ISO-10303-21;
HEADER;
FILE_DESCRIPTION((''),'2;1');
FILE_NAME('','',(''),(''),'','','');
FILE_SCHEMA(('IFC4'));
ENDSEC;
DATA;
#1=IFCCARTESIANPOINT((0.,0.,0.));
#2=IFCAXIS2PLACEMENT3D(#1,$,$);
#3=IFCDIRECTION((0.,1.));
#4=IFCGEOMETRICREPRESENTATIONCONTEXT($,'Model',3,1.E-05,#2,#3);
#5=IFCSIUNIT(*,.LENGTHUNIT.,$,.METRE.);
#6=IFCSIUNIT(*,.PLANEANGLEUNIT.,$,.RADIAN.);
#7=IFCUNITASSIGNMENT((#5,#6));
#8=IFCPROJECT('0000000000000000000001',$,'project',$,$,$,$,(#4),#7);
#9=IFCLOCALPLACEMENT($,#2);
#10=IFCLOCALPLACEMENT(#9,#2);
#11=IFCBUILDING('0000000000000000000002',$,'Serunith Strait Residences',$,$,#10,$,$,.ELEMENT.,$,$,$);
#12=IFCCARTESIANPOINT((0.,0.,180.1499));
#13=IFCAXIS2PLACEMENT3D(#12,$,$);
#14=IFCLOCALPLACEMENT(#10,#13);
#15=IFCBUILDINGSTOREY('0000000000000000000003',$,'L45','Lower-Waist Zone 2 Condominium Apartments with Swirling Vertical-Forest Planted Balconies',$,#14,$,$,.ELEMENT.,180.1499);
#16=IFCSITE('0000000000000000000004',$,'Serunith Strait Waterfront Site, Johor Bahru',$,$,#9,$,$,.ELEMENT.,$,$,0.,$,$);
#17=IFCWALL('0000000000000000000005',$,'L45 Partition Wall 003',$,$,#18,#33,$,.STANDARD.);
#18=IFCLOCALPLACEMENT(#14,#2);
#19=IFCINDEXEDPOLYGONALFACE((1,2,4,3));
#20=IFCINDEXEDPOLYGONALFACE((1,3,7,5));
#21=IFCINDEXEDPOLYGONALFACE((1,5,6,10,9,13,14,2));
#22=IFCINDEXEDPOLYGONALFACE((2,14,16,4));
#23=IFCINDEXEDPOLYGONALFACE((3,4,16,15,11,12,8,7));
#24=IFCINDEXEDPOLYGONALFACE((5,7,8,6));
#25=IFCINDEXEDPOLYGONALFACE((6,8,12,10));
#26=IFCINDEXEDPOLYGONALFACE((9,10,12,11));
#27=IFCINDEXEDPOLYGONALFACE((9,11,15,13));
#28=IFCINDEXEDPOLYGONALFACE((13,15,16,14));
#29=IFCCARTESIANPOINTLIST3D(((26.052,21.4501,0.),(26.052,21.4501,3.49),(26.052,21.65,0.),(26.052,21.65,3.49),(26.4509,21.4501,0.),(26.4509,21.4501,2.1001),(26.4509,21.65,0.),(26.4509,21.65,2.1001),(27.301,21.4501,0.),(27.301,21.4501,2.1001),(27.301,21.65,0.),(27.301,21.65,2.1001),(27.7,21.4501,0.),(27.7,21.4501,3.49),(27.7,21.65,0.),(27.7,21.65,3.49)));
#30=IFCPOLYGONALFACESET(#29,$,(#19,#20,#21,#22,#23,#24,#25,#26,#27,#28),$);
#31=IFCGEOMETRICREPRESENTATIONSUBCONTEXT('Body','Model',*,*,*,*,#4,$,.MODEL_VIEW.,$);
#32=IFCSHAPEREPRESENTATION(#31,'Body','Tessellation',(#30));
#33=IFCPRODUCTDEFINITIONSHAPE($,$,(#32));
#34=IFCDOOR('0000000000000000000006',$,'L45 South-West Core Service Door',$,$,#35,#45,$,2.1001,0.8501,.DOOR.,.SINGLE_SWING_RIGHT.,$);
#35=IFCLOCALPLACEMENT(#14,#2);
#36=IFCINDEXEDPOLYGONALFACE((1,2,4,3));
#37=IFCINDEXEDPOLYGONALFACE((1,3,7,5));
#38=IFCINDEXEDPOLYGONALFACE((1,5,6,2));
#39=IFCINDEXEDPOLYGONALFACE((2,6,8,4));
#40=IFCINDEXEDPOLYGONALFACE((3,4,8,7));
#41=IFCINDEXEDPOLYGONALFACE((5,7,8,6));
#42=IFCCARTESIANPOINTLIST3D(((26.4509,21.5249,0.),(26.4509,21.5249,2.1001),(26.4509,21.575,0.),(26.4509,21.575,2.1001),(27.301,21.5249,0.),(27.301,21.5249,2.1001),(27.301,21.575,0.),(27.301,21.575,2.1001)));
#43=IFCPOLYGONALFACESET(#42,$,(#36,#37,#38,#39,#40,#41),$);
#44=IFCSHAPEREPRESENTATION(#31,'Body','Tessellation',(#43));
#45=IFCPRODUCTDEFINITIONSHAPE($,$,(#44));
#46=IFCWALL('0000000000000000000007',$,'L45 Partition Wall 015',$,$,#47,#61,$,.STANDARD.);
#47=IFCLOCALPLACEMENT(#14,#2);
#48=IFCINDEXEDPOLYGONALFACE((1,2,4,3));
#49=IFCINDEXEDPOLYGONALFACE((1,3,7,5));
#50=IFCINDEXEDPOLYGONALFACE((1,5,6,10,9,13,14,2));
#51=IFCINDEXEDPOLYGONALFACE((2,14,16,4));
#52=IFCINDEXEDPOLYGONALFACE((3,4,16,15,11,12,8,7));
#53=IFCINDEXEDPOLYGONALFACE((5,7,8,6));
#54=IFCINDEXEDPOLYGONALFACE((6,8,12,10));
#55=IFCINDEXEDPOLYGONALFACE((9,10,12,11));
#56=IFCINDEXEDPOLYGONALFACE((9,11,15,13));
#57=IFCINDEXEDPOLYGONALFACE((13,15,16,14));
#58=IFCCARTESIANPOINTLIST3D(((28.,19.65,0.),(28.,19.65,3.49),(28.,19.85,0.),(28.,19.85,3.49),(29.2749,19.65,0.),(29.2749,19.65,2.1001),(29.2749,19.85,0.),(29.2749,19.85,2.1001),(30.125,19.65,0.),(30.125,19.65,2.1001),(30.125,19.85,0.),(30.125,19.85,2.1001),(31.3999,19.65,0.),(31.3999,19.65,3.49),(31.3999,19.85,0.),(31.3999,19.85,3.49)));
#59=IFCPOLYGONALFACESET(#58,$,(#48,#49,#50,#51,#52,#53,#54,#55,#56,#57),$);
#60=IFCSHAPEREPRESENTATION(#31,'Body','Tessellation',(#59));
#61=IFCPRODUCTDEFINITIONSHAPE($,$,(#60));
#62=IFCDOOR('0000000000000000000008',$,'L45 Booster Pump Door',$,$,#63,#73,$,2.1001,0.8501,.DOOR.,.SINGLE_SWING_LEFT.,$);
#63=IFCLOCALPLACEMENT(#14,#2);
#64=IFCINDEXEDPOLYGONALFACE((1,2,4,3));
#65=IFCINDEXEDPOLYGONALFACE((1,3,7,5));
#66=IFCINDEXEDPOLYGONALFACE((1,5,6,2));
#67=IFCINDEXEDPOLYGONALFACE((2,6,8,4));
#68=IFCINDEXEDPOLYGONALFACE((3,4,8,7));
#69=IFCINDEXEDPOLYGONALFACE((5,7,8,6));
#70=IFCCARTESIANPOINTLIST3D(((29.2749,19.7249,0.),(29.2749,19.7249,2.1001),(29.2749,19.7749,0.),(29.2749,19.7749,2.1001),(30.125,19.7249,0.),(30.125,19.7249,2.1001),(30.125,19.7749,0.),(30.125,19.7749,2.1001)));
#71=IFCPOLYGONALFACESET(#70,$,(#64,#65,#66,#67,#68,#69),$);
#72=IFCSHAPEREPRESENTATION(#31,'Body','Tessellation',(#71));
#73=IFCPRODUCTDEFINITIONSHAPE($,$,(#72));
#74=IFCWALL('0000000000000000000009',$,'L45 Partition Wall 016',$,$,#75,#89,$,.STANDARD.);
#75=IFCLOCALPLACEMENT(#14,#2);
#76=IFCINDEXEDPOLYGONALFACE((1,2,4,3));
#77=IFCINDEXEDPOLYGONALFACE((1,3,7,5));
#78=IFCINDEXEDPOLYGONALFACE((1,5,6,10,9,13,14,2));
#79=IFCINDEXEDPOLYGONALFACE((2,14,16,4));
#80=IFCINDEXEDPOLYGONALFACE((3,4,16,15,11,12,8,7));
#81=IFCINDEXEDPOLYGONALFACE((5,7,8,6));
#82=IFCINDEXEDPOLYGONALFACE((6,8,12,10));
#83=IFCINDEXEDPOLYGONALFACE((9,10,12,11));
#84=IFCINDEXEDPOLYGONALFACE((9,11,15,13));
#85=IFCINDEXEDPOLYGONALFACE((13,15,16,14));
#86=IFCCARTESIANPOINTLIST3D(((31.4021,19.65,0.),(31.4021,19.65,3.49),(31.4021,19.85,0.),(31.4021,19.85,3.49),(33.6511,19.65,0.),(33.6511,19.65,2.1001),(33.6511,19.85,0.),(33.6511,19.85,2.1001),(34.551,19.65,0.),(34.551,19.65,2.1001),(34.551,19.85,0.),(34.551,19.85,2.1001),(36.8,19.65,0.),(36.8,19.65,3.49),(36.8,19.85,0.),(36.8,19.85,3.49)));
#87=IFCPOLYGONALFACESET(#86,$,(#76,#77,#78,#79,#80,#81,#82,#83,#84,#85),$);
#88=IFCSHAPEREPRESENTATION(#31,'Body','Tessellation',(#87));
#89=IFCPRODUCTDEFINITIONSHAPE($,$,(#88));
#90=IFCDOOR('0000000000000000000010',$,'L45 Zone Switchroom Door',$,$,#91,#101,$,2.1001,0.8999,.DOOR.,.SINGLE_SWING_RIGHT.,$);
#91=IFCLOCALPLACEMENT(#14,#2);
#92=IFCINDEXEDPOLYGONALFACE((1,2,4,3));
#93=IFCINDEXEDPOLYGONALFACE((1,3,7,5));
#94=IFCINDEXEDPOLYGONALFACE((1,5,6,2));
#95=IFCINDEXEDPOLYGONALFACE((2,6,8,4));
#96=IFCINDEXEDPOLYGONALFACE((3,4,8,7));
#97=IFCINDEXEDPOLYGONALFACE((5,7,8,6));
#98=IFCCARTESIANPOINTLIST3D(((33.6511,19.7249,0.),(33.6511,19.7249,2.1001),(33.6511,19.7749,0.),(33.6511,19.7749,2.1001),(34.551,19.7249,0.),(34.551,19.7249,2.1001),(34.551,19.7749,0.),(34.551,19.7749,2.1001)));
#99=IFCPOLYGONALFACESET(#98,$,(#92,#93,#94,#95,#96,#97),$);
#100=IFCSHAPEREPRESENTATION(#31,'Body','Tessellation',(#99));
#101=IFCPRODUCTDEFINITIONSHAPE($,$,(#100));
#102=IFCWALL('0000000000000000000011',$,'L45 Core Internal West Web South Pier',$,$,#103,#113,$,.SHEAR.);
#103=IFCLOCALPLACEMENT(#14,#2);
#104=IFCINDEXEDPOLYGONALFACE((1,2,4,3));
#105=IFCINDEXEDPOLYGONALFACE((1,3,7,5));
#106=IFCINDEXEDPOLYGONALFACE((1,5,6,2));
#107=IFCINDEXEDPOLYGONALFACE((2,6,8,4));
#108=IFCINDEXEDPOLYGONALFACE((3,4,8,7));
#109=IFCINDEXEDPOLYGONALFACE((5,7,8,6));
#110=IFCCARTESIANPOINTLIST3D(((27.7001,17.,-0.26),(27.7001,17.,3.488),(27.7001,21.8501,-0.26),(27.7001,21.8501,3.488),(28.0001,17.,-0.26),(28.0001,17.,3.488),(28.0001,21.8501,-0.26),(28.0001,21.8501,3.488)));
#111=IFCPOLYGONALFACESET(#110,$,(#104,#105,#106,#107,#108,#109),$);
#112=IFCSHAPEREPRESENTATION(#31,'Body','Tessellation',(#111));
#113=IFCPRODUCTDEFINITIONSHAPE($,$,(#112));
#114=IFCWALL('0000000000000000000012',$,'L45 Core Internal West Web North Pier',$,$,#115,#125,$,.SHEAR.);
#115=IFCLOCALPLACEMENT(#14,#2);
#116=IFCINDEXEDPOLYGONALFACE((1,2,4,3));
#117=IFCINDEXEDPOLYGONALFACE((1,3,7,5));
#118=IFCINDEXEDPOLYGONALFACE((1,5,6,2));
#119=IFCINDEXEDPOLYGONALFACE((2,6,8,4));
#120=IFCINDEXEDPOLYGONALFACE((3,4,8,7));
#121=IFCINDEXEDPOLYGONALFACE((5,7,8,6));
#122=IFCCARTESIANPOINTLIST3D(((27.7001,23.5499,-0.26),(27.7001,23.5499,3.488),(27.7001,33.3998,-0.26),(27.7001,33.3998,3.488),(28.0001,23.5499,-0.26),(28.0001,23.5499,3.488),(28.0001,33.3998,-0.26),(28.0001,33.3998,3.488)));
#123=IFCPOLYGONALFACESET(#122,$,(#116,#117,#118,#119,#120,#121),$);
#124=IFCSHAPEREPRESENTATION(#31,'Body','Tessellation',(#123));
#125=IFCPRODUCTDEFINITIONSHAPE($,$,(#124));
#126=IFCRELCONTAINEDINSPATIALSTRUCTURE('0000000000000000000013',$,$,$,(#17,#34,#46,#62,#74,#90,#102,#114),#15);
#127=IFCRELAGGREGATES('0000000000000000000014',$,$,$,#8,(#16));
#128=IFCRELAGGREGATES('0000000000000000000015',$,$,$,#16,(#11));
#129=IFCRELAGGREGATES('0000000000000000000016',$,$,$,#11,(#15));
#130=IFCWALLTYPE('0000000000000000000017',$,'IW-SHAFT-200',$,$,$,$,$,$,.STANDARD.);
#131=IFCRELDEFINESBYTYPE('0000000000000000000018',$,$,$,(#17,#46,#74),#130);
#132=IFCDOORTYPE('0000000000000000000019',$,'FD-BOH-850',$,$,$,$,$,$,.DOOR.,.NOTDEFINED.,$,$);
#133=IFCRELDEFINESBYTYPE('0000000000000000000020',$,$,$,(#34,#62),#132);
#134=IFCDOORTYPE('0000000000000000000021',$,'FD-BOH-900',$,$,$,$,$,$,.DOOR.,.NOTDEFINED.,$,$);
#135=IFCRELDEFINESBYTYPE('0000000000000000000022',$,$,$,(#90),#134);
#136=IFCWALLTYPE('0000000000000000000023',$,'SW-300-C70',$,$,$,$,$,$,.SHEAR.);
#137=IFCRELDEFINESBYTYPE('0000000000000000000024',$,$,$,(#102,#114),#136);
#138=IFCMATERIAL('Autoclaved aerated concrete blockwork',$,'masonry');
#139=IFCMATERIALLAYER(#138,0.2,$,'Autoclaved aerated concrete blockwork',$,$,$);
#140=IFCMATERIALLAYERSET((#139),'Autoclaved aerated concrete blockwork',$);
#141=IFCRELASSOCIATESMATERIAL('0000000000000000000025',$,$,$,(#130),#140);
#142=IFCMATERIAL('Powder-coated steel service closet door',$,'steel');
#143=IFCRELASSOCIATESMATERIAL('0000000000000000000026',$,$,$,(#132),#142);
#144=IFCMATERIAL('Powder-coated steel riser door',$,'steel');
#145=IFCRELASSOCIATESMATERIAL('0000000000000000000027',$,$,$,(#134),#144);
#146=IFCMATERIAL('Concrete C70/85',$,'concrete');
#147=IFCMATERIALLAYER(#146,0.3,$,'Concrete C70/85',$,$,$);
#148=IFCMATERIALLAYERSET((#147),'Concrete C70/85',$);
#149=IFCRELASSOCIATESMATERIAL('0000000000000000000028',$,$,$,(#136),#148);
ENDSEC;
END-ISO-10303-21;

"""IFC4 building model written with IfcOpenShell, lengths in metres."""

from ifc_helpers import new_model, si_unit, direction, frame, frame_2d, origin, place, context, subcontext, project, spatial, rectangle, extrude, source, transform, mapped, material, layer, layer_set, type_object, element, fill, save


model = new_model("IFC4")

# Units and contexts
model_context = context("Model", 3, precision=1e-05, world=origin(), true_north=direction((0.0, 1.0)))
body_context = subcontext(model_context, "Body", "Model", "MODEL_VIEW")
ifc_project = project(units=[si_unit("LENGTHUNIT", "METRE"), si_unit("PLANEANGLEUNIT", "RADIAN")], contexts=[model_context])

# Site, building, storey
site_placement = place(None, origin())
site = spatial("IfcSite", under=ifc_project, at=site_placement, Name="Serunith Strait Waterfront Site, Johor Bahru", CompositionType="ELEMENT", RefElevation=0.0)
building_placement = place(site_placement, origin())
building = spatial("IfcBuilding", under=site, at=building_placement, Name="Serunith Strait Residences", CompositionType="ELEMENT")
storey_placement = place(building_placement, frame((0.0, 0.0, 180.1499)))
storey = spatial("IfcBuildingStorey", under=building, at=storey_placement, Name="L45", Description="Lower-Waist Zone 2 Condominium Apartments with Swirling Vertical-Forest Planted Balconies", CompositionType="ELEMENT", Elevation=180.1499)

# Walls, openings, doors
shared_shape_1 = source(origin(), body_context, "Body", "SweptSolid", [
    extrude(rectangle(XDim=0.8501, YDim=2.1001, at=frame_2d((0.425, 1.05))), frame((0.0, 0.0249, 0.0), z_axis=(0.0, -1.0, 0.0), x_axis=(1.0, 0.0, 0.0)), (0.0, 0.0, 1.0), 0.05),
])
ifc_material_1 = material(Name="Autoclaved aerated concrete blockwork", Category="masonry")
ifc_layer_1 = layer(ifc_material_1, 0.2, Name="Autoclaved aerated concrete blockwork")
ifc_layer_set_1 = layer_set([ifc_layer_1], Name="Autoclaved aerated concrete blockwork")
wall_type_1 = type_object("IfcWallType", Name="IW-SHAFT-200", PredefinedType="STANDARD", material=ifc_layer_set_1)
wall_1_placement = place(storey_placement, frame((26.052, 21.55, 0.0), z_axis=(0.0, 0.0, 1.0), x_axis=(1.0, 0.0, 0.0)))
wall_1 = element("IfcWall", 1, at=wall_1_placement, inside=storey, type_object=wall_type_1, Name="L45 Partition Wall 003", PredefinedType="STANDARD", context=body_context, shape_type="SweptSolid", body=[
    extrude(rectangle(XDim=1.6479, YDim=0.2, at=frame_2d((0.824, 0.0))), origin(), (0.0, 0.0, 1.0), 3.49),
])
opening_1_placement = place(wall_1_placement, frame((0.3989, 0.0, 0.0)))
opening_1 = element("IfcOpeningElement", 2, at=opening_1_placement, cuts=wall_1, PredefinedType="OPENING", context=body_context, shape_type="SweptSolid", body=[
    extrude(rectangle(XDim=0.8501, YDim=2.1001, at=frame_2d((0.425, 1.05))), frame((0.0, 0.1099, 0.0), z_axis=(0.0, -1.0, 0.0), x_axis=(1.0, 0.0, 0.0)), (0.0, 0.0, 1.0), 0.22),
])
ifc_material_2 = material(Name="Powder-coated steel service closet door", Category="steel")
door_type_1 = type_object("IfcDoorType", Name="FD-BOH-850", OperationType="NOTDEFINED", PredefinedType="DOOR", material=ifc_material_2)
door_1_placement = place(opening_1_placement, origin())
door_1 = element("IfcDoor", 3, at=door_1_placement, inside=storey, type_object=door_type_1, Name="L45 South-West Core Service Door", OperationType="SINGLE_SWING_RIGHT", OverallHeight=2.1001, OverallWidth=0.8501, PredefinedType="DOOR", context=body_context, shape_type="MappedRepresentation", body=[
    mapped(shared_shape_1, transform((0.0, 0.0, 0.0), scale=1.0)),
])
fill(opening_1, door_1)
wall_2_placement = place(storey_placement, frame((28.0, 19.75, 0.0), z_axis=(0.0, 0.0, 1.0), x_axis=(1.0, 0.0, 0.0)))
wall_2 = element("IfcWall", 4, at=wall_2_placement, inside=storey, type_object=wall_type_1, Name="L45 Partition Wall 015", PredefinedType="STANDARD", context=body_context, shape_type="SweptSolid", body=[
    extrude(rectangle(XDim=3.3999, YDim=0.2, at=frame_2d((1.7, 0.0))), origin(), (0.0, 0.0, 1.0), 3.49),
])
opening_2_placement = place(wall_2_placement, frame((1.2749, 0.0, 0.0)))
opening_2 = element("IfcOpeningElement", 5, at=opening_2_placement, cuts=wall_2, PredefinedType="OPENING", context=body_context, shape_type="SweptSolid", body=[
    extrude(rectangle(XDim=0.8501, YDim=2.1001, at=frame_2d((0.425, 1.05))), frame((0.0, 0.1099, 0.0), z_axis=(0.0, -1.0, 0.0), x_axis=(1.0, 0.0, 0.0)), (0.0, 0.0, 1.0), 0.22),
])
door_2_placement = place(opening_2_placement, origin())
door_2 = element("IfcDoor", 6, at=door_2_placement, inside=storey, type_object=door_type_1, Name="L45 Booster Pump Door", OperationType="SINGLE_SWING_LEFT", OverallHeight=2.1001, OverallWidth=0.8501, PredefinedType="DOOR", context=body_context, shape_type="MappedRepresentation", body=[
    mapped(shared_shape_1, transform((0.0, 0.0, 0.0), scale=1.0)),
])
fill(opening_2, door_2)
wall_3_placement = place(storey_placement, frame((31.4021, 19.75, 0.0), z_axis=(0.0, 0.0, 1.0), x_axis=(1.0, 0.0, 0.0)))
wall_3 = element("IfcWall", 7, at=wall_3_placement, inside=storey, type_object=wall_type_1, Name="L45 Partition Wall 016", PredefinedType="STANDARD", context=body_context, shape_type="SweptSolid", body=[
    extrude(rectangle(XDim=5.3979, YDim=0.2, at=frame_2d((2.699, 0.0))), origin(), (0.0, 0.0, 1.0), 3.49),
])
opening_3_placement = place(wall_3_placement, frame((2.249, 0.0, 0.0)))
opening_3 = element("IfcOpeningElement", 8, at=opening_3_placement, cuts=wall_3, PredefinedType="OPENING", context=body_context, shape_type="SweptSolid", body=[
    extrude(rectangle(XDim=0.8999, YDim=2.1001, at=frame_2d((0.45, 1.05))), frame((0.0, 0.1099, 0.0), z_axis=(0.0, -1.0, 0.0), x_axis=(1.0, 0.0, 0.0)), (0.0, 0.0, 1.0), 0.22),
])
ifc_material_3 = material(Name="Powder-coated steel riser door", Category="steel")
door_type_2 = type_object("IfcDoorType", Name="FD-BOH-900", OperationType="NOTDEFINED", PredefinedType="DOOR", material=ifc_material_3)
shared_shape_2 = source(origin(), body_context, "Body", "SweptSolid", [
    extrude(rectangle(XDim=0.8999, YDim=2.1001, at=frame_2d((0.45, 1.05))), frame((0.0, 0.0249, 0.0), z_axis=(0.0, -1.0, 0.0), x_axis=(1.0, 0.0, 0.0)), (0.0, 0.0, 1.0), 0.05),
])
door_3_placement = place(opening_3_placement, origin())
door_3 = element("IfcDoor", 9, at=door_3_placement, inside=storey, type_object=door_type_2, Name="L45 Zone Switchroom Door", OperationType="SINGLE_SWING_RIGHT", OverallHeight=2.1001, OverallWidth=0.8999, PredefinedType="DOOR", context=body_context, shape_type="MappedRepresentation", body=[
    mapped(shared_shape_2, transform((0.0, 0.0, 0.0), scale=1.0)),
])
fill(opening_3, door_3)

# Walls
ifc_material_4 = material(Name="Concrete C70/85", Category="concrete")
ifc_layer_2 = layer(ifc_material_4, 0.3, Name="Concrete C70/85")
ifc_layer_set_2 = layer_set([ifc_layer_2], Name="Concrete C70/85")
wall_type_2 = type_object("IfcWallType", Name="SW-300-C70", PredefinedType="SHEAR", material=ifc_layer_set_2)
wall_4_placement = place(storey_placement, frame((27.8501, 17.0, -0.26), z_axis=(0.0, 0.0, 1.0), x_axis=(0.0, 1.0, 0.0)))
element("IfcWall", 10, at=wall_4_placement, inside=storey, type_object=wall_type_2, Name="L45 Core Internal West Web South Pier", PredefinedType="SHEAR", context=body_context, shape_type="SweptSolid", body=[
    extrude(rectangle(XDim=4.8501, YDim=0.3, at=frame_2d((2.425, 0.0))), origin(), (0.0, 0.0, 1.0), 3.748),
])
wall_5_placement = place(storey_placement, frame((27.8501, 23.55, -0.26), z_axis=(0.0, 0.0, 1.0), x_axis=(0.0, 1.0, 0.0)))
element("IfcWall", 11, at=wall_5_placement, inside=storey, type_object=wall_type_2, Name="L45 Core Internal West Web North Pier", PredefinedType="SHEAR", context=body_context, shape_type="SweptSolid", body=[
    extrude(rectangle(XDim=9.8499, YDim=0.3, at=frame_2d((4.9248, 0.0))), origin(), (0.0, 0.0, 1.0), 3.748),
])

save(model, "model.ifc")
